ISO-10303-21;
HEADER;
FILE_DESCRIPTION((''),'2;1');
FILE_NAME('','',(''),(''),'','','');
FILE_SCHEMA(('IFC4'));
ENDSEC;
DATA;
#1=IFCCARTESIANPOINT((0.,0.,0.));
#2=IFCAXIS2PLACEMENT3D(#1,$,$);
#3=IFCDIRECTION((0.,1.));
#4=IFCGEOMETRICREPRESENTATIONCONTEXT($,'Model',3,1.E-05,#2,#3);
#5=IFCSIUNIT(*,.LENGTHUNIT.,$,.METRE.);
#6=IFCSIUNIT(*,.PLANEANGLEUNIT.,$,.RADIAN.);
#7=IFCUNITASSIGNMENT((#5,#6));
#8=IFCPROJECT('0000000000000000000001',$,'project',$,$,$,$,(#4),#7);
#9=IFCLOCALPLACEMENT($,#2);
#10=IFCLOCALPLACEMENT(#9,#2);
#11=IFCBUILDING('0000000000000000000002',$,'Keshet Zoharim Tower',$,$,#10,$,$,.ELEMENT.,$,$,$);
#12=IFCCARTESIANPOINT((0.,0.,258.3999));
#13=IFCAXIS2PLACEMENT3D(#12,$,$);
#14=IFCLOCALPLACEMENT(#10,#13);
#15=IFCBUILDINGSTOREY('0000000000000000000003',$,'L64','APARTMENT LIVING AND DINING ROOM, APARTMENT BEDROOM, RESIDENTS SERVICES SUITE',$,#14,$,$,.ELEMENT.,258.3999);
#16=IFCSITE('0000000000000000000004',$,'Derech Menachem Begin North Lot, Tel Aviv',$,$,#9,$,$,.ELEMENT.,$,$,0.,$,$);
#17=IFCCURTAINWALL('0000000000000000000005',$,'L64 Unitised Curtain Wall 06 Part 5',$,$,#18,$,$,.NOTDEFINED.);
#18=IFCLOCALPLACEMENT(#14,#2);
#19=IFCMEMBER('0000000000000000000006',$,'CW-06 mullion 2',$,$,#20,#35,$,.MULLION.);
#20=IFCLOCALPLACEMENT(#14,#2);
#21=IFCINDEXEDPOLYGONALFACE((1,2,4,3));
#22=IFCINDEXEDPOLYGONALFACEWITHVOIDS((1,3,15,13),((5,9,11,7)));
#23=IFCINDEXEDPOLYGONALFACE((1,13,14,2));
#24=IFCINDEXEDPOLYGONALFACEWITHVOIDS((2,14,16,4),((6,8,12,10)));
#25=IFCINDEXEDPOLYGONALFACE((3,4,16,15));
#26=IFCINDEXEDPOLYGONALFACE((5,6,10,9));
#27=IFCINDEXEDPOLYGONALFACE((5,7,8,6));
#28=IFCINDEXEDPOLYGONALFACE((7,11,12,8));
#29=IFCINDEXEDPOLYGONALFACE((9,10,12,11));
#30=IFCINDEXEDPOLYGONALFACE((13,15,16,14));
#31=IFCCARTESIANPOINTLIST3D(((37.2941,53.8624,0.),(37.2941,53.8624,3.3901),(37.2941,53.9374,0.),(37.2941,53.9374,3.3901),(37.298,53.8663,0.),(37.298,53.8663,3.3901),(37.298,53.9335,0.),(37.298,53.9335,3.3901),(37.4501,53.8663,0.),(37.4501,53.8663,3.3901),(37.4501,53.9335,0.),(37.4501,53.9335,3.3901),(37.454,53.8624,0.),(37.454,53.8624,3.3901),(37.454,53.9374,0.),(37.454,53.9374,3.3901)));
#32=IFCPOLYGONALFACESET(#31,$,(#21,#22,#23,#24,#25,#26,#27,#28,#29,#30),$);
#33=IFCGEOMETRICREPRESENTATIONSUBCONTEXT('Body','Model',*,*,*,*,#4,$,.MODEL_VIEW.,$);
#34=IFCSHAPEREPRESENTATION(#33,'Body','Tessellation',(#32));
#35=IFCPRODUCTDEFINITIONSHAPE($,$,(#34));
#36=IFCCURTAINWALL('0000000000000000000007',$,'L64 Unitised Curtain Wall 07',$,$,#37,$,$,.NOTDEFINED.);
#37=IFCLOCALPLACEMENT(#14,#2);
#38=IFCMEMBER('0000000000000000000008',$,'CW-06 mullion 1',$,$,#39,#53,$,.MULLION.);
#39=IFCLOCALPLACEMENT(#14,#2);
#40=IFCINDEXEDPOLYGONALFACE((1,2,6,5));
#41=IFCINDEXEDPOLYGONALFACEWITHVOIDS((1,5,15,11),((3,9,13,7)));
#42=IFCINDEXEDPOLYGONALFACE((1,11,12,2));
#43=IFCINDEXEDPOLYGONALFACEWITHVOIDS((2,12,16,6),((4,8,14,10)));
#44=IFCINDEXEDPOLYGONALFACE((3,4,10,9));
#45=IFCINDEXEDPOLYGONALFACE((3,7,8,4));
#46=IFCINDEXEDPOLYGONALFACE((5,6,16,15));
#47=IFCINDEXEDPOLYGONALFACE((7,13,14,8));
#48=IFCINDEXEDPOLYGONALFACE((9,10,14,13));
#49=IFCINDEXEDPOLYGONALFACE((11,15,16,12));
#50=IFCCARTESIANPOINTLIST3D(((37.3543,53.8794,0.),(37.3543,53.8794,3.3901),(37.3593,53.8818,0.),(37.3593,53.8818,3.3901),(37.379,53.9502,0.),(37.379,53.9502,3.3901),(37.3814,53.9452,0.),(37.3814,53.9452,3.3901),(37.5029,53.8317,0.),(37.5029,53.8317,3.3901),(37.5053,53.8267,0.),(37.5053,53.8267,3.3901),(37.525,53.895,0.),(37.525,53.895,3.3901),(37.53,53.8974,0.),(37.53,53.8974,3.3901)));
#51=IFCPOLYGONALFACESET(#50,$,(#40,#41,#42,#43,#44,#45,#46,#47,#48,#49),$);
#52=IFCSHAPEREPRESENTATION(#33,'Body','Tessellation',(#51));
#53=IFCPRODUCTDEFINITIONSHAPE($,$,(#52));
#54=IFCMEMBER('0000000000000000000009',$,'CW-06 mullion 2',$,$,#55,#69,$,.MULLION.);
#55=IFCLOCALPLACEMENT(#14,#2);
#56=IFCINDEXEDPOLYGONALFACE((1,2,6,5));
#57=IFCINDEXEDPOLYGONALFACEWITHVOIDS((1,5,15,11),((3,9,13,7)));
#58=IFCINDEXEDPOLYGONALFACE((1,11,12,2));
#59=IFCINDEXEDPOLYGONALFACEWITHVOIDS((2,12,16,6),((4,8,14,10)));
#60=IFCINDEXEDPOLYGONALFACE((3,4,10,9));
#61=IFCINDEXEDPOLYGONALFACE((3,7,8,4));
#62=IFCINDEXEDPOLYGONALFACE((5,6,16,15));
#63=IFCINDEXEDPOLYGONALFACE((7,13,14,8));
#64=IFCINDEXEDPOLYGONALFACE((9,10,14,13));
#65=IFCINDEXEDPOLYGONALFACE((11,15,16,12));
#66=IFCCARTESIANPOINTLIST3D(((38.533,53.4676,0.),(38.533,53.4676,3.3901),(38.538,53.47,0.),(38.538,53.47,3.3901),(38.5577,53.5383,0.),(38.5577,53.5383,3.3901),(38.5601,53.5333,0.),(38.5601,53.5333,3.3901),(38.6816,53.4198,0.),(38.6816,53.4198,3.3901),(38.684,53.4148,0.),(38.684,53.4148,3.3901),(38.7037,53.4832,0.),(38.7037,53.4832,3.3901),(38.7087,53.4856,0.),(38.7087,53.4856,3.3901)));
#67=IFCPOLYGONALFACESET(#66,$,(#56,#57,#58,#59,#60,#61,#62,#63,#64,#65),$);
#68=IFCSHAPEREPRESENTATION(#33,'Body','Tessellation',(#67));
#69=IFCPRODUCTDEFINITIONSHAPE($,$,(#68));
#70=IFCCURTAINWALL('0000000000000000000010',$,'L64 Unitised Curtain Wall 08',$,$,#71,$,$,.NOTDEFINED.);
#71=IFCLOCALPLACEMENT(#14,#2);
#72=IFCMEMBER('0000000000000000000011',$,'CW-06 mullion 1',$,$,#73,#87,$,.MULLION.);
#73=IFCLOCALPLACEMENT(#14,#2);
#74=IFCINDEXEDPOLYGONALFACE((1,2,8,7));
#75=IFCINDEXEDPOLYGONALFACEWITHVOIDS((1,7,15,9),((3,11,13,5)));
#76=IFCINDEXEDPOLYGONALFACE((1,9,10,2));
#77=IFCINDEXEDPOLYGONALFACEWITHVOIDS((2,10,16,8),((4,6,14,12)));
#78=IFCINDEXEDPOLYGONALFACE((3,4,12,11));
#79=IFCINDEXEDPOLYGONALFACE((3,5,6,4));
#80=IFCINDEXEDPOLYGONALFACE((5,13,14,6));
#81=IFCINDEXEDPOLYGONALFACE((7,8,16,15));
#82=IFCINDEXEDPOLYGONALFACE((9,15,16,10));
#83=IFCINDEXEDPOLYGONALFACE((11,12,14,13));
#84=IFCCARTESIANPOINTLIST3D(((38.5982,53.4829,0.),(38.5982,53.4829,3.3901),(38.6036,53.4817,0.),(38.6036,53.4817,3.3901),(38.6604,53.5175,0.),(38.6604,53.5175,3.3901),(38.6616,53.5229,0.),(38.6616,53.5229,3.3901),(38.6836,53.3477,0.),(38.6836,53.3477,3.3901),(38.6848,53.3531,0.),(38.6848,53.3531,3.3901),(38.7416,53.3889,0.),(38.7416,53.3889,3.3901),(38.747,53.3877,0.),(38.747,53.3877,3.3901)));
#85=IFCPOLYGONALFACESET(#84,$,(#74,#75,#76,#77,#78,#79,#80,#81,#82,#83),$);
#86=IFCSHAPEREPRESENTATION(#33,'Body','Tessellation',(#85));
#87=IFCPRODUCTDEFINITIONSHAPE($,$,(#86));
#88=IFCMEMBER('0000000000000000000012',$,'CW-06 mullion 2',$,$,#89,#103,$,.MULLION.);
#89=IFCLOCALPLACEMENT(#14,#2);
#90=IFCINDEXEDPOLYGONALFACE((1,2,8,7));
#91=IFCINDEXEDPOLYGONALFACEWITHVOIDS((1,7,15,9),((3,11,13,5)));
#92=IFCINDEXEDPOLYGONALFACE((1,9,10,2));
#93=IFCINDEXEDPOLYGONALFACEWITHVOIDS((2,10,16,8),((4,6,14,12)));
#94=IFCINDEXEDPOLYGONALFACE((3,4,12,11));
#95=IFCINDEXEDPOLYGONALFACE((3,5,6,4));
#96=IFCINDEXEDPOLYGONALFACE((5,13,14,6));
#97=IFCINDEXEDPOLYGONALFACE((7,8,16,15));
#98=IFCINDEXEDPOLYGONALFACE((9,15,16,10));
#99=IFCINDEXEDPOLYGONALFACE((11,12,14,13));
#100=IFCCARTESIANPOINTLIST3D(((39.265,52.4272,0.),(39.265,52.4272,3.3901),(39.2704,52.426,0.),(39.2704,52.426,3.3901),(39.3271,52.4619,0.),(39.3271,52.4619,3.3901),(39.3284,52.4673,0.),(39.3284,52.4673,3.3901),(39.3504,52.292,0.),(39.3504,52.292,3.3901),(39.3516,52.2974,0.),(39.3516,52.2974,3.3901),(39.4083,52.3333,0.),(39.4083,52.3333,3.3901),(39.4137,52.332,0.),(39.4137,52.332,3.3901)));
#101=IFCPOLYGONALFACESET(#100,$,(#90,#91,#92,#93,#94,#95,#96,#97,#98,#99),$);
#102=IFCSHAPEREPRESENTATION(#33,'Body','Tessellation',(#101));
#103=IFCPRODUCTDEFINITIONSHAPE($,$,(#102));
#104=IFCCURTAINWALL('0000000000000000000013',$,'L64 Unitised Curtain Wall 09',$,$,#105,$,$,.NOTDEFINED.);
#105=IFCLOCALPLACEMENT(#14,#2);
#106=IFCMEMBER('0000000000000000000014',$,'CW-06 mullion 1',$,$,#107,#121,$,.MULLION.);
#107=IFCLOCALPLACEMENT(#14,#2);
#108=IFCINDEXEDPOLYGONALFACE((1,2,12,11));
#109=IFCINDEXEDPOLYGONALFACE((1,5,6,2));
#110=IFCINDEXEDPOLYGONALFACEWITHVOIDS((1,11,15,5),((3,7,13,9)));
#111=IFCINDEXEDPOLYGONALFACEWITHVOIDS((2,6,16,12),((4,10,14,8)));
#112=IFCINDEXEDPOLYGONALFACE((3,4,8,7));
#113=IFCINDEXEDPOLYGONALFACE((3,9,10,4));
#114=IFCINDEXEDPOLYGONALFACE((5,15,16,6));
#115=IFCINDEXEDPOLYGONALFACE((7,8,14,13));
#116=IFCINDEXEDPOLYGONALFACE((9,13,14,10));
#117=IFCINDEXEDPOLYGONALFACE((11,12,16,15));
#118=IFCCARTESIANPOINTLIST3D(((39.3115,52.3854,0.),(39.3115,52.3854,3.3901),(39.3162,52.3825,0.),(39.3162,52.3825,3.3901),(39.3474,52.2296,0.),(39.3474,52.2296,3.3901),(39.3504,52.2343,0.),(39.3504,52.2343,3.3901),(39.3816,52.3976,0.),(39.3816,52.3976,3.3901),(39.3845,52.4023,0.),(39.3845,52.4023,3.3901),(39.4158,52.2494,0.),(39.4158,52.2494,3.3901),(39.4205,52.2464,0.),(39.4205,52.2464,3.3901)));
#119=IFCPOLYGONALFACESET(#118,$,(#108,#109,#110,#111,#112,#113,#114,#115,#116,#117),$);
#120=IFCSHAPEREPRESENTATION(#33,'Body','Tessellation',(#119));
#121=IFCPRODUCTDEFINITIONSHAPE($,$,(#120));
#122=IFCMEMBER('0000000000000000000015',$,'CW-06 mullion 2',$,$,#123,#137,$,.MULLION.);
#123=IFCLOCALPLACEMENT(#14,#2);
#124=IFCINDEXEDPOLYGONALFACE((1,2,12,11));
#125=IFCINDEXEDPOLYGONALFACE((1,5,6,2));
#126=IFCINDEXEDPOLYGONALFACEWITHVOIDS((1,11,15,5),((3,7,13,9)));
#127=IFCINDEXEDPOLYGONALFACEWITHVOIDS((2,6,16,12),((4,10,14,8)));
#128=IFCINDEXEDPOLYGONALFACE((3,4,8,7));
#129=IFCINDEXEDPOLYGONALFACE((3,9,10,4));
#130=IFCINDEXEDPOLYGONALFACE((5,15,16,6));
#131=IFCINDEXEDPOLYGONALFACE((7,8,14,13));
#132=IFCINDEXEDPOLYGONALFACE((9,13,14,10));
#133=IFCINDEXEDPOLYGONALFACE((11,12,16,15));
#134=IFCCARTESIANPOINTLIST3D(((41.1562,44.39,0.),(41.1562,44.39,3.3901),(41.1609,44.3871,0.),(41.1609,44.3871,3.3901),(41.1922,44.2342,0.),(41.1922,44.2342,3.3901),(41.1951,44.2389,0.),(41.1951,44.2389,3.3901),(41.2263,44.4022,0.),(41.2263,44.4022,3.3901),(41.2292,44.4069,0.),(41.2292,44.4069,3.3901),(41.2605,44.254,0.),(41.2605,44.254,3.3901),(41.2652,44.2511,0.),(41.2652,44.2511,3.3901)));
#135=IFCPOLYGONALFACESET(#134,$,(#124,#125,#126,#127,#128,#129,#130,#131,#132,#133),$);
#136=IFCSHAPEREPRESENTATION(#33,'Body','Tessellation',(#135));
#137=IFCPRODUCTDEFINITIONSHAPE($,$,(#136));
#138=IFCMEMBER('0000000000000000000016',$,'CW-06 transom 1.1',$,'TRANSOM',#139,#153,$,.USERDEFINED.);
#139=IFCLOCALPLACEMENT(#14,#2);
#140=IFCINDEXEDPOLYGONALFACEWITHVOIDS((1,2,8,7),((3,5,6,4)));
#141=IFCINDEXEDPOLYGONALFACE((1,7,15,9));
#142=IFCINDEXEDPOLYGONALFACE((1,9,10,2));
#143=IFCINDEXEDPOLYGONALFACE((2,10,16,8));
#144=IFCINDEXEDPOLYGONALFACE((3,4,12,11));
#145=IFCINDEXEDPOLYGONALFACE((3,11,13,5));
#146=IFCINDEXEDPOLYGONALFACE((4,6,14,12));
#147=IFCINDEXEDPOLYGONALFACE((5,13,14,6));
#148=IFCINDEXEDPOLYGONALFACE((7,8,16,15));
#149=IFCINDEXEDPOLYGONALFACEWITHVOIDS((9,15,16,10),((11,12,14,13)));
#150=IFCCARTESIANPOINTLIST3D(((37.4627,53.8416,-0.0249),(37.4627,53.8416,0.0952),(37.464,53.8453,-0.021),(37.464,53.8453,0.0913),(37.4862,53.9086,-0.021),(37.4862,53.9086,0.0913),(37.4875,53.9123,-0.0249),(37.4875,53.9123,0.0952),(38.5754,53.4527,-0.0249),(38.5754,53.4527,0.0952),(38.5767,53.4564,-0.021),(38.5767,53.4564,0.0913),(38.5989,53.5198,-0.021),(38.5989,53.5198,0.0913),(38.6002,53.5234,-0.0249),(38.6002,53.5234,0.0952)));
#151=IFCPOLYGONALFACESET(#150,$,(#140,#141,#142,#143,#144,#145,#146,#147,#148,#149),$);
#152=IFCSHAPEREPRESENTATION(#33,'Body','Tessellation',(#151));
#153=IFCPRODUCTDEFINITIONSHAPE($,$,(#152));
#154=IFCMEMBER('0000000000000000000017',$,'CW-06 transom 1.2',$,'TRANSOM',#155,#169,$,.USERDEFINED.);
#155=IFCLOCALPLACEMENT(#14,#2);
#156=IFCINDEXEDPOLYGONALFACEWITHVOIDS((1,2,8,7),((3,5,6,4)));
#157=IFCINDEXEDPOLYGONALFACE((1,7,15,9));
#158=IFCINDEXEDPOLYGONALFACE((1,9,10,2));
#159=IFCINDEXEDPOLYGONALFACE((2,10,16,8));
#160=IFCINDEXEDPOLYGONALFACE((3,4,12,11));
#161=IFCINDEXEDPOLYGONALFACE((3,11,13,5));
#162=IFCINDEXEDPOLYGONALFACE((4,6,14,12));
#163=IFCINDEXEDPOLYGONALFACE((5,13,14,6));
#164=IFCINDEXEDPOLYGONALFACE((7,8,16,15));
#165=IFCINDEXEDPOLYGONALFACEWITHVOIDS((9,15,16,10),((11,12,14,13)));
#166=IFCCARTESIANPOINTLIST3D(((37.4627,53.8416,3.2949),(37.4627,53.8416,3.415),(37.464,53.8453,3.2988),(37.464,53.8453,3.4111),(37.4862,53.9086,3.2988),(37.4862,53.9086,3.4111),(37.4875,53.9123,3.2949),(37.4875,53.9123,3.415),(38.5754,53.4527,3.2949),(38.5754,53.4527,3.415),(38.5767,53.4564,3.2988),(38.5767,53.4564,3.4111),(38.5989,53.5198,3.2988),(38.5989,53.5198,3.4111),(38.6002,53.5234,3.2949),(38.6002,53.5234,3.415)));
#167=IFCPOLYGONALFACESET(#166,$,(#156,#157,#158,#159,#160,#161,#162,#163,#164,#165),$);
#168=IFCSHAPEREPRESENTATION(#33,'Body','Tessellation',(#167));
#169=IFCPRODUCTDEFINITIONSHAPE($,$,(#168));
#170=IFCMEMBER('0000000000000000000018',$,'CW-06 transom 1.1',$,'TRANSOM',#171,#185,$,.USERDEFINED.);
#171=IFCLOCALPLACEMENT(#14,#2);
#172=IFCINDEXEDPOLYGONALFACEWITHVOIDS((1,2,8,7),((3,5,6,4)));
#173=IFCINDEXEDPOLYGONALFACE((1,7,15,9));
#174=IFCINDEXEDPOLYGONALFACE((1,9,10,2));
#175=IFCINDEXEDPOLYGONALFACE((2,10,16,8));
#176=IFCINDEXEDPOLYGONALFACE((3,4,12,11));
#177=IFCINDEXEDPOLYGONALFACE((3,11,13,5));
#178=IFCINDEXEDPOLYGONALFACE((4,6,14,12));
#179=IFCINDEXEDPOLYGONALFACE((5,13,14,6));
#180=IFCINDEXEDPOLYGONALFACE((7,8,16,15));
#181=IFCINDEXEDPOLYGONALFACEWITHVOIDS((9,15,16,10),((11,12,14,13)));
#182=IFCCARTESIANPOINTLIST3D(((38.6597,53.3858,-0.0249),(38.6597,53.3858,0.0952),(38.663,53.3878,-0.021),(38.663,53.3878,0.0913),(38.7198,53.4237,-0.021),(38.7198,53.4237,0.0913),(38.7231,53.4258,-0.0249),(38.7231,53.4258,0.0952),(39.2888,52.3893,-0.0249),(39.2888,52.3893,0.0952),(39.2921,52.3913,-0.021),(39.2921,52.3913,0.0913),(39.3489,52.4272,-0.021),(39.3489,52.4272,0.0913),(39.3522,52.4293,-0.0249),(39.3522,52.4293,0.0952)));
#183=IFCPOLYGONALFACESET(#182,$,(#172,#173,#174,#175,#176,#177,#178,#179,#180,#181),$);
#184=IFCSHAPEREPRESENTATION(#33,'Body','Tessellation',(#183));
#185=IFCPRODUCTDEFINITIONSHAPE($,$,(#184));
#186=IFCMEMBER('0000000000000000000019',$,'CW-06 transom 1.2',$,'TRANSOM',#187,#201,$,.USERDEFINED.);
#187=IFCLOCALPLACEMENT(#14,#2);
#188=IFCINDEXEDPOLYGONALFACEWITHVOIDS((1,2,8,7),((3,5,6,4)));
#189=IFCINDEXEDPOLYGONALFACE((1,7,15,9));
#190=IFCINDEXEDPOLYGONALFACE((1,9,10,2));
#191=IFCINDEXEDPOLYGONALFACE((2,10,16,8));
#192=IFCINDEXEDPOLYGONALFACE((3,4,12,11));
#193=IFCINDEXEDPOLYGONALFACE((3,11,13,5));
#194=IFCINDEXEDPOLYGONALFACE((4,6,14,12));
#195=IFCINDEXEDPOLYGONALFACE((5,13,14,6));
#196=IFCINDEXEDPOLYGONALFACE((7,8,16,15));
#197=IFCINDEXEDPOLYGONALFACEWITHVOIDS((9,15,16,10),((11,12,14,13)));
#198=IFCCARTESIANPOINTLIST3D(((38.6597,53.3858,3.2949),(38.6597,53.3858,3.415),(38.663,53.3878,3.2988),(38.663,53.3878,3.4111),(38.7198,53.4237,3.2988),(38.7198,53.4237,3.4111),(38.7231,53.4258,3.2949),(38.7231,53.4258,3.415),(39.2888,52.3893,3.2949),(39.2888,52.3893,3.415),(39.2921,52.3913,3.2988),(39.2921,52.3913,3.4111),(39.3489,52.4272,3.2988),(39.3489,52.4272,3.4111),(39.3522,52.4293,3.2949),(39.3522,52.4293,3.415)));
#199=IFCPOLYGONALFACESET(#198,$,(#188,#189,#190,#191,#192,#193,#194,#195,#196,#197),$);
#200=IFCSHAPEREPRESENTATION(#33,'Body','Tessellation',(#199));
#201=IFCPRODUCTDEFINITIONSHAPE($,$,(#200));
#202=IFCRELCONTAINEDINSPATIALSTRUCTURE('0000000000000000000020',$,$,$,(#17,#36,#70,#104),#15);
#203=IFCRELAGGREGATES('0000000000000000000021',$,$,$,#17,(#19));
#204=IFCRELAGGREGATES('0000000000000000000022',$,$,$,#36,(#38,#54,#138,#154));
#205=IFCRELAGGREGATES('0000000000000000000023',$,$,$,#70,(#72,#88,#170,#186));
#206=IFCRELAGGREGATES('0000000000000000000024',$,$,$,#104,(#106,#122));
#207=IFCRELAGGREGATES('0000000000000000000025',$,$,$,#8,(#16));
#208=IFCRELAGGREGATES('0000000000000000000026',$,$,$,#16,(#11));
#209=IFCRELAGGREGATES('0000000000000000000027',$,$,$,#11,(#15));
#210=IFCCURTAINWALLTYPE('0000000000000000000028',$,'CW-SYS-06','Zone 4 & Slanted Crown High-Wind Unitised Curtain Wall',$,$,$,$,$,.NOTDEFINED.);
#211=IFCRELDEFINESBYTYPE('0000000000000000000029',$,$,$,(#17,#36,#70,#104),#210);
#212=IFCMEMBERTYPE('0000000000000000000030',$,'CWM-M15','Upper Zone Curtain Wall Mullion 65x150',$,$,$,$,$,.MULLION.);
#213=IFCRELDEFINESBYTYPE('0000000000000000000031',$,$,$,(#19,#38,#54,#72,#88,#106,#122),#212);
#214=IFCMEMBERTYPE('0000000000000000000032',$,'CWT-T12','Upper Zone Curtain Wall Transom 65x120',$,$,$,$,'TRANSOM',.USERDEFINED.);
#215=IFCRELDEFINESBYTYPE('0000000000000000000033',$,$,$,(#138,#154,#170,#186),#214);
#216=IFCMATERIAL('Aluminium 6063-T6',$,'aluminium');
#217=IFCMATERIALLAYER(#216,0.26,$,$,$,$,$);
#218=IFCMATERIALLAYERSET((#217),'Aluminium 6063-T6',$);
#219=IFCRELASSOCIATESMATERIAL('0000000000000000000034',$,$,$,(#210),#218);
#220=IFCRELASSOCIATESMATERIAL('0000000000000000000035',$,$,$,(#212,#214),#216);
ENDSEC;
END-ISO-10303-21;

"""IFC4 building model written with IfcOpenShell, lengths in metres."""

from ifc_helpers import new_model, si_unit, direction, frame, origin, origin_2d, place, context, subcontext, project, spatial, hollow_rectangle, extrude, material, layer, layer_set, material_profile, profile_set, type_object, element, aggregate, save


model = new_model("IFC4")

# Units and contexts
model_context = context("Model", 3, precision=1e-05, world=origin(), true_north=direction((0.0, 1.0)))
body_context = subcontext(model_context, "Body", "Model", "MODEL_VIEW")
ifc_project = project(units=[si_unit("LENGTHUNIT", "METRE"), si_unit("PLANEANGLEUNIT", "RADIAN")], contexts=[model_context])

# Site, building, storey
site_placement = place(None, origin())
site = spatial("IfcSite", under=ifc_project, at=site_placement, Name="Derech Menachem Begin North Lot, Tel Aviv", CompositionType="ELEMENT", RefElevation=0.0)
building_placement = place(site_placement, origin())
building = spatial("IfcBuilding", under=site, at=building_placement, Name="Keshet Zoharim Tower", CompositionType="ELEMENT")
storey_placement = place(building_placement, frame((0.0, 0.0, 258.3999)))
storey = spatial("IfcBuildingStorey", under=building, at=storey_placement, Name="L64", Description="APARTMENT LIVING AND DINING ROOM, APARTMENT BEDROOM, RESIDENTS SERVICES SUITE", CompositionType="ELEMENT", Elevation=258.3999)

# Curtain wall, member
ifc_material_1 = material(Name="Aluminium 6063-T6", Category="aluminium")
ifc_layer_1 = layer(ifc_material_1, 0.26)
ifc_layer_set_1 = layer_set([ifc_layer_1], Name="Aluminium 6063-T6")
curtain_wall_type = type_object("IfcCurtainWallType", Name="CW-SYS-06", Description="Zone 4 & Slanted Crown High-Wind Unitised Curtain Wall", PredefinedType="NOTDEFINED", material=ifc_layer_set_1)
curtain_wall_1_placement = place(storey_placement, origin())
curtain_wall_1 = element("IfcCurtainWall", 1, at=curtain_wall_1_placement, inside=storey, type_object=curtain_wall_type, Name="L64 Unitised Curtain Wall 06 Part 5", PredefinedType="NOTDEFINED")
ifc_material_profile_1 = material_profile(ifc_material_1, hollow_rectangle(XDim=0.075, YDim=0.1599, WallThickness=0.0039, at=origin_2d()), Name="MUL-75x160")
ifc_profile_set_1 = profile_set([ifc_material_profile_1], Name="Aluminium 6063-T6")
member_type_1 = type_object("IfcMemberType", Name="CWM-M15", Description="Upper Zone Curtain Wall Mullion 65x150", PredefinedType="MULLION", material=ifc_profile_set_1)
member_1_placement = place(storey_placement, frame((37.374, 53.8999, 0.0), z_axis=(0.0, 0.0, 1.0), x_axis=(0.0, 1.0, 0.0)))
member_1 = element("IfcMember", 2, at=member_1_placement, type_object=member_type_1, Name="CW-06 mullion 2", PredefinedType="MULLION", context=body_context, shape_type="SweptSolid", body=[
    extrude(hollow_rectangle(XDim=0.075, YDim=0.1599, WallThickness=0.0039, at=origin_2d()), origin(), (0.0, 0.0, 1.0), 3.3901),
])
aggregate(curtain_wall_1, [member_1])

# Curtain walls, members
curtain_wall_2_placement = place(storey_placement, origin())
curtain_wall_2 = element("IfcCurtainWall", 3, at=curtain_wall_2_placement, inside=storey, type_object=curtain_wall_type, Name="L64 Unitised Curtain Wall 07", PredefinedType="NOTDEFINED")
member_2_placement = place(storey_placement, frame((37.4421, 53.8884, 0.0), z_axis=(0.0, 0.0, 1.0), x_axis=(0.329844, 0.944036, 0.0)))
member_2 = element("IfcMember", 4, at=member_2_placement, type_object=member_type_1, Name="CW-06 mullion 1", PredefinedType="MULLION", context=body_context, shape_type="SweptSolid", body=[
    extrude(hollow_rectangle(XDim=0.075, YDim=0.1599, WallThickness=0.0039, at=origin_2d()), origin(), (0.0, 0.0, 1.0), 3.3901),
])
member_3_placement = place(storey_placement, frame((38.6208, 53.4766, 0.0), z_axis=(0.0, 0.0, 1.0), x_axis=(0.329844, 0.944036, 0.0)))
member_3 = element("IfcMember", 5, at=member_3_placement, type_object=member_type_1, Name="CW-06 mullion 2", PredefinedType="MULLION", context=body_context, shape_type="SweptSolid", body=[
    extrude(hollow_rectangle(XDim=0.075, YDim=0.1599, WallThickness=0.0039, at=origin_2d()), origin(), (0.0, 0.0, 1.0), 3.3901),
])
curtain_wall_3_placement = place(storey_placement, origin())
curtain_wall_3 = element("IfcCurtainWall", 6, at=curtain_wall_3_placement, inside=storey, type_object=curtain_wall_type, Name="L64 Unitised Curtain Wall 08", PredefinedType="NOTDEFINED")
member_4_placement = place(storey_placement, frame((38.6726, 53.4353, 0.0), z_axis=(0.0, 0.0, 1.0), x_axis=(0.845561, 0.533879, 0.0)))
member_4 = element("IfcMember", 7, at=member_4_placement, type_object=member_type_1, Name="CW-06 mullion 1", PredefinedType="MULLION", context=body_context, shape_type="SweptSolid", body=[
    extrude(hollow_rectangle(XDim=0.075, YDim=0.1599, WallThickness=0.0039, at=origin_2d()), origin(), (0.0, 0.0, 1.0), 3.3901),
])
member_5_placement = place(storey_placement, frame((39.3394, 52.3796, 0.0), z_axis=(0.0, 0.0, 1.0), x_axis=(0.845561, 0.533879, 0.0)))
member_5 = element("IfcMember", 8, at=member_5_placement, type_object=member_type_1, Name="CW-06 mullion 2", PredefinedType="MULLION", context=body_context, shape_type="SweptSolid", body=[
    extrude(hollow_rectangle(XDim=0.075, YDim=0.1599, WallThickness=0.0039, at=origin_2d()), origin(), (0.0, 0.0, 1.0), 3.3901),
])
curtain_wall_4_placement = place(storey_placement, origin())
curtain_wall_4 = element("IfcCurtainWall", 9, at=curtain_wall_4_placement, inside=storey, type_object=curtain_wall_type, Name="L64 Unitised Curtain Wall 09", PredefinedType="NOTDEFINED")
member_6_placement = place(storey_placement, frame((39.366, 52.3159, 0.0), z_axis=(0.0, 0.0, 1.0), x_axis=(0.974398, 0.22483, 0.0)))
member_6 = element("IfcMember", 10, at=member_6_placement, type_object=member_type_1, Name="CW-06 mullion 1", PredefinedType="MULLION", context=body_context, shape_type="SweptSolid", body=[
    extrude(hollow_rectangle(XDim=0.075, YDim=0.1599, WallThickness=0.0039, at=origin_2d()), origin(), (0.0, 0.0, 1.0), 3.3901),
])
member_7_placement = place(storey_placement, frame((41.2107, 44.3206, 0.0), z_axis=(0.0, 0.0, 1.0), x_axis=(0.974398, 0.22483, 0.0)))
member_7 = element("IfcMember", 11, at=member_7_placement, type_object=member_type_1, Name="CW-06 mullion 2", PredefinedType="MULLION", context=body_context, shape_type="SweptSolid", body=[
    extrude(hollow_rectangle(XDim=0.075, YDim=0.1599, WallThickness=0.0039, at=origin_2d()), origin(), (0.0, 0.0, 1.0), 3.3901),
])

# Members
ifc_material_profile_2 = material_profile(ifc_material_1, hollow_rectangle(XDim=0.075, YDim=0.1201, WallThickness=0.0039, at=origin_2d()), Name="TRN-75x120")
ifc_profile_set_2 = profile_set([ifc_material_profile_2], Name="Aluminium 6063-T6")
member_type_2 = type_object("IfcMemberType", Name="CWT-T12", Description="Upper Zone Curtain Wall Transom 65x120", ElementType="TRANSOM", PredefinedType="USERDEFINED", material=ifc_profile_set_2)
member_8_placement = place(storey_placement, frame((37.4751, 53.877, 0.0352), z_axis=(0.944007, -0.329926, 0.0), x_axis=(0.329926, 0.944007, 0.0)))
member_8 = element("IfcMember", 12, at=member_8_placement, type_object=member_type_2, Name="CW-06 transom 1.1", ObjectType="TRANSOM", PredefinedType="USERDEFINED", context=body_context, shape_type="SweptSolid", body=[
    extrude(hollow_rectangle(XDim=0.075, YDim=0.1201, WallThickness=0.0039, at=origin_2d()), origin(), (0.0, 0.0, 1.0), 1.1787),
])
member_9_placement = place(storey_placement, frame((37.4751, 53.877, 3.355), z_axis=(0.944007, -0.329926, 0.0), x_axis=(0.329926, 0.944007, 0.0)))
member_9 = element("IfcMember", 13, at=member_9_placement, type_object=member_type_2, Name="CW-06 transom 1.2", ObjectType="TRANSOM", PredefinedType="USERDEFINED", context=body_context, shape_type="SweptSolid", body=[
    extrude(hollow_rectangle(XDim=0.075, YDim=0.1201, WallThickness=0.0039, at=origin_2d()), origin(), (0.0, 0.0, 1.0), 1.1787),
])
member_10_placement = place(storey_placement, frame((38.6914, 53.4058, 0.0352), z_axis=(0.533829, -0.845592, 0.0), x_axis=(0.845592, 0.533829, 0.0)))
member_10 = element("IfcMember", 14, at=member_10_placement, type_object=member_type_2, Name="CW-06 transom 1.1", ObjectType="TRANSOM", PredefinedType="USERDEFINED", context=body_context, shape_type="SweptSolid", body=[
    extrude(hollow_rectangle(XDim=0.075, YDim=0.1201, WallThickness=0.0039, at=origin_2d()), origin(), (0.0, 0.0, 1.0), 1.1785),
])
member_11_placement = place(storey_placement, frame((38.6914, 53.4058, 3.355), z_axis=(0.533829, -0.845592, 0.0), x_axis=(0.845592, 0.533829, 0.0)))
member_11 = element("IfcMember", 15, at=member_11_placement, type_object=member_type_2, Name="CW-06 transom 1.2", ObjectType="TRANSOM", PredefinedType="USERDEFINED", context=body_context, shape_type="SweptSolid", body=[
    extrude(hollow_rectangle(XDim=0.075, YDim=0.1201, WallThickness=0.0039, at=origin_2d()), origin(), (0.0, 0.0, 1.0), 1.1785),
])

aggregate(curtain_wall_2, [member_2, member_3, member_8, member_9])
aggregate(curtain_wall_3, [member_4, member_5, member_10, member_11])
aggregate(curtain_wall_4, [member_6, member_7])

save(model, "model.ifc")
